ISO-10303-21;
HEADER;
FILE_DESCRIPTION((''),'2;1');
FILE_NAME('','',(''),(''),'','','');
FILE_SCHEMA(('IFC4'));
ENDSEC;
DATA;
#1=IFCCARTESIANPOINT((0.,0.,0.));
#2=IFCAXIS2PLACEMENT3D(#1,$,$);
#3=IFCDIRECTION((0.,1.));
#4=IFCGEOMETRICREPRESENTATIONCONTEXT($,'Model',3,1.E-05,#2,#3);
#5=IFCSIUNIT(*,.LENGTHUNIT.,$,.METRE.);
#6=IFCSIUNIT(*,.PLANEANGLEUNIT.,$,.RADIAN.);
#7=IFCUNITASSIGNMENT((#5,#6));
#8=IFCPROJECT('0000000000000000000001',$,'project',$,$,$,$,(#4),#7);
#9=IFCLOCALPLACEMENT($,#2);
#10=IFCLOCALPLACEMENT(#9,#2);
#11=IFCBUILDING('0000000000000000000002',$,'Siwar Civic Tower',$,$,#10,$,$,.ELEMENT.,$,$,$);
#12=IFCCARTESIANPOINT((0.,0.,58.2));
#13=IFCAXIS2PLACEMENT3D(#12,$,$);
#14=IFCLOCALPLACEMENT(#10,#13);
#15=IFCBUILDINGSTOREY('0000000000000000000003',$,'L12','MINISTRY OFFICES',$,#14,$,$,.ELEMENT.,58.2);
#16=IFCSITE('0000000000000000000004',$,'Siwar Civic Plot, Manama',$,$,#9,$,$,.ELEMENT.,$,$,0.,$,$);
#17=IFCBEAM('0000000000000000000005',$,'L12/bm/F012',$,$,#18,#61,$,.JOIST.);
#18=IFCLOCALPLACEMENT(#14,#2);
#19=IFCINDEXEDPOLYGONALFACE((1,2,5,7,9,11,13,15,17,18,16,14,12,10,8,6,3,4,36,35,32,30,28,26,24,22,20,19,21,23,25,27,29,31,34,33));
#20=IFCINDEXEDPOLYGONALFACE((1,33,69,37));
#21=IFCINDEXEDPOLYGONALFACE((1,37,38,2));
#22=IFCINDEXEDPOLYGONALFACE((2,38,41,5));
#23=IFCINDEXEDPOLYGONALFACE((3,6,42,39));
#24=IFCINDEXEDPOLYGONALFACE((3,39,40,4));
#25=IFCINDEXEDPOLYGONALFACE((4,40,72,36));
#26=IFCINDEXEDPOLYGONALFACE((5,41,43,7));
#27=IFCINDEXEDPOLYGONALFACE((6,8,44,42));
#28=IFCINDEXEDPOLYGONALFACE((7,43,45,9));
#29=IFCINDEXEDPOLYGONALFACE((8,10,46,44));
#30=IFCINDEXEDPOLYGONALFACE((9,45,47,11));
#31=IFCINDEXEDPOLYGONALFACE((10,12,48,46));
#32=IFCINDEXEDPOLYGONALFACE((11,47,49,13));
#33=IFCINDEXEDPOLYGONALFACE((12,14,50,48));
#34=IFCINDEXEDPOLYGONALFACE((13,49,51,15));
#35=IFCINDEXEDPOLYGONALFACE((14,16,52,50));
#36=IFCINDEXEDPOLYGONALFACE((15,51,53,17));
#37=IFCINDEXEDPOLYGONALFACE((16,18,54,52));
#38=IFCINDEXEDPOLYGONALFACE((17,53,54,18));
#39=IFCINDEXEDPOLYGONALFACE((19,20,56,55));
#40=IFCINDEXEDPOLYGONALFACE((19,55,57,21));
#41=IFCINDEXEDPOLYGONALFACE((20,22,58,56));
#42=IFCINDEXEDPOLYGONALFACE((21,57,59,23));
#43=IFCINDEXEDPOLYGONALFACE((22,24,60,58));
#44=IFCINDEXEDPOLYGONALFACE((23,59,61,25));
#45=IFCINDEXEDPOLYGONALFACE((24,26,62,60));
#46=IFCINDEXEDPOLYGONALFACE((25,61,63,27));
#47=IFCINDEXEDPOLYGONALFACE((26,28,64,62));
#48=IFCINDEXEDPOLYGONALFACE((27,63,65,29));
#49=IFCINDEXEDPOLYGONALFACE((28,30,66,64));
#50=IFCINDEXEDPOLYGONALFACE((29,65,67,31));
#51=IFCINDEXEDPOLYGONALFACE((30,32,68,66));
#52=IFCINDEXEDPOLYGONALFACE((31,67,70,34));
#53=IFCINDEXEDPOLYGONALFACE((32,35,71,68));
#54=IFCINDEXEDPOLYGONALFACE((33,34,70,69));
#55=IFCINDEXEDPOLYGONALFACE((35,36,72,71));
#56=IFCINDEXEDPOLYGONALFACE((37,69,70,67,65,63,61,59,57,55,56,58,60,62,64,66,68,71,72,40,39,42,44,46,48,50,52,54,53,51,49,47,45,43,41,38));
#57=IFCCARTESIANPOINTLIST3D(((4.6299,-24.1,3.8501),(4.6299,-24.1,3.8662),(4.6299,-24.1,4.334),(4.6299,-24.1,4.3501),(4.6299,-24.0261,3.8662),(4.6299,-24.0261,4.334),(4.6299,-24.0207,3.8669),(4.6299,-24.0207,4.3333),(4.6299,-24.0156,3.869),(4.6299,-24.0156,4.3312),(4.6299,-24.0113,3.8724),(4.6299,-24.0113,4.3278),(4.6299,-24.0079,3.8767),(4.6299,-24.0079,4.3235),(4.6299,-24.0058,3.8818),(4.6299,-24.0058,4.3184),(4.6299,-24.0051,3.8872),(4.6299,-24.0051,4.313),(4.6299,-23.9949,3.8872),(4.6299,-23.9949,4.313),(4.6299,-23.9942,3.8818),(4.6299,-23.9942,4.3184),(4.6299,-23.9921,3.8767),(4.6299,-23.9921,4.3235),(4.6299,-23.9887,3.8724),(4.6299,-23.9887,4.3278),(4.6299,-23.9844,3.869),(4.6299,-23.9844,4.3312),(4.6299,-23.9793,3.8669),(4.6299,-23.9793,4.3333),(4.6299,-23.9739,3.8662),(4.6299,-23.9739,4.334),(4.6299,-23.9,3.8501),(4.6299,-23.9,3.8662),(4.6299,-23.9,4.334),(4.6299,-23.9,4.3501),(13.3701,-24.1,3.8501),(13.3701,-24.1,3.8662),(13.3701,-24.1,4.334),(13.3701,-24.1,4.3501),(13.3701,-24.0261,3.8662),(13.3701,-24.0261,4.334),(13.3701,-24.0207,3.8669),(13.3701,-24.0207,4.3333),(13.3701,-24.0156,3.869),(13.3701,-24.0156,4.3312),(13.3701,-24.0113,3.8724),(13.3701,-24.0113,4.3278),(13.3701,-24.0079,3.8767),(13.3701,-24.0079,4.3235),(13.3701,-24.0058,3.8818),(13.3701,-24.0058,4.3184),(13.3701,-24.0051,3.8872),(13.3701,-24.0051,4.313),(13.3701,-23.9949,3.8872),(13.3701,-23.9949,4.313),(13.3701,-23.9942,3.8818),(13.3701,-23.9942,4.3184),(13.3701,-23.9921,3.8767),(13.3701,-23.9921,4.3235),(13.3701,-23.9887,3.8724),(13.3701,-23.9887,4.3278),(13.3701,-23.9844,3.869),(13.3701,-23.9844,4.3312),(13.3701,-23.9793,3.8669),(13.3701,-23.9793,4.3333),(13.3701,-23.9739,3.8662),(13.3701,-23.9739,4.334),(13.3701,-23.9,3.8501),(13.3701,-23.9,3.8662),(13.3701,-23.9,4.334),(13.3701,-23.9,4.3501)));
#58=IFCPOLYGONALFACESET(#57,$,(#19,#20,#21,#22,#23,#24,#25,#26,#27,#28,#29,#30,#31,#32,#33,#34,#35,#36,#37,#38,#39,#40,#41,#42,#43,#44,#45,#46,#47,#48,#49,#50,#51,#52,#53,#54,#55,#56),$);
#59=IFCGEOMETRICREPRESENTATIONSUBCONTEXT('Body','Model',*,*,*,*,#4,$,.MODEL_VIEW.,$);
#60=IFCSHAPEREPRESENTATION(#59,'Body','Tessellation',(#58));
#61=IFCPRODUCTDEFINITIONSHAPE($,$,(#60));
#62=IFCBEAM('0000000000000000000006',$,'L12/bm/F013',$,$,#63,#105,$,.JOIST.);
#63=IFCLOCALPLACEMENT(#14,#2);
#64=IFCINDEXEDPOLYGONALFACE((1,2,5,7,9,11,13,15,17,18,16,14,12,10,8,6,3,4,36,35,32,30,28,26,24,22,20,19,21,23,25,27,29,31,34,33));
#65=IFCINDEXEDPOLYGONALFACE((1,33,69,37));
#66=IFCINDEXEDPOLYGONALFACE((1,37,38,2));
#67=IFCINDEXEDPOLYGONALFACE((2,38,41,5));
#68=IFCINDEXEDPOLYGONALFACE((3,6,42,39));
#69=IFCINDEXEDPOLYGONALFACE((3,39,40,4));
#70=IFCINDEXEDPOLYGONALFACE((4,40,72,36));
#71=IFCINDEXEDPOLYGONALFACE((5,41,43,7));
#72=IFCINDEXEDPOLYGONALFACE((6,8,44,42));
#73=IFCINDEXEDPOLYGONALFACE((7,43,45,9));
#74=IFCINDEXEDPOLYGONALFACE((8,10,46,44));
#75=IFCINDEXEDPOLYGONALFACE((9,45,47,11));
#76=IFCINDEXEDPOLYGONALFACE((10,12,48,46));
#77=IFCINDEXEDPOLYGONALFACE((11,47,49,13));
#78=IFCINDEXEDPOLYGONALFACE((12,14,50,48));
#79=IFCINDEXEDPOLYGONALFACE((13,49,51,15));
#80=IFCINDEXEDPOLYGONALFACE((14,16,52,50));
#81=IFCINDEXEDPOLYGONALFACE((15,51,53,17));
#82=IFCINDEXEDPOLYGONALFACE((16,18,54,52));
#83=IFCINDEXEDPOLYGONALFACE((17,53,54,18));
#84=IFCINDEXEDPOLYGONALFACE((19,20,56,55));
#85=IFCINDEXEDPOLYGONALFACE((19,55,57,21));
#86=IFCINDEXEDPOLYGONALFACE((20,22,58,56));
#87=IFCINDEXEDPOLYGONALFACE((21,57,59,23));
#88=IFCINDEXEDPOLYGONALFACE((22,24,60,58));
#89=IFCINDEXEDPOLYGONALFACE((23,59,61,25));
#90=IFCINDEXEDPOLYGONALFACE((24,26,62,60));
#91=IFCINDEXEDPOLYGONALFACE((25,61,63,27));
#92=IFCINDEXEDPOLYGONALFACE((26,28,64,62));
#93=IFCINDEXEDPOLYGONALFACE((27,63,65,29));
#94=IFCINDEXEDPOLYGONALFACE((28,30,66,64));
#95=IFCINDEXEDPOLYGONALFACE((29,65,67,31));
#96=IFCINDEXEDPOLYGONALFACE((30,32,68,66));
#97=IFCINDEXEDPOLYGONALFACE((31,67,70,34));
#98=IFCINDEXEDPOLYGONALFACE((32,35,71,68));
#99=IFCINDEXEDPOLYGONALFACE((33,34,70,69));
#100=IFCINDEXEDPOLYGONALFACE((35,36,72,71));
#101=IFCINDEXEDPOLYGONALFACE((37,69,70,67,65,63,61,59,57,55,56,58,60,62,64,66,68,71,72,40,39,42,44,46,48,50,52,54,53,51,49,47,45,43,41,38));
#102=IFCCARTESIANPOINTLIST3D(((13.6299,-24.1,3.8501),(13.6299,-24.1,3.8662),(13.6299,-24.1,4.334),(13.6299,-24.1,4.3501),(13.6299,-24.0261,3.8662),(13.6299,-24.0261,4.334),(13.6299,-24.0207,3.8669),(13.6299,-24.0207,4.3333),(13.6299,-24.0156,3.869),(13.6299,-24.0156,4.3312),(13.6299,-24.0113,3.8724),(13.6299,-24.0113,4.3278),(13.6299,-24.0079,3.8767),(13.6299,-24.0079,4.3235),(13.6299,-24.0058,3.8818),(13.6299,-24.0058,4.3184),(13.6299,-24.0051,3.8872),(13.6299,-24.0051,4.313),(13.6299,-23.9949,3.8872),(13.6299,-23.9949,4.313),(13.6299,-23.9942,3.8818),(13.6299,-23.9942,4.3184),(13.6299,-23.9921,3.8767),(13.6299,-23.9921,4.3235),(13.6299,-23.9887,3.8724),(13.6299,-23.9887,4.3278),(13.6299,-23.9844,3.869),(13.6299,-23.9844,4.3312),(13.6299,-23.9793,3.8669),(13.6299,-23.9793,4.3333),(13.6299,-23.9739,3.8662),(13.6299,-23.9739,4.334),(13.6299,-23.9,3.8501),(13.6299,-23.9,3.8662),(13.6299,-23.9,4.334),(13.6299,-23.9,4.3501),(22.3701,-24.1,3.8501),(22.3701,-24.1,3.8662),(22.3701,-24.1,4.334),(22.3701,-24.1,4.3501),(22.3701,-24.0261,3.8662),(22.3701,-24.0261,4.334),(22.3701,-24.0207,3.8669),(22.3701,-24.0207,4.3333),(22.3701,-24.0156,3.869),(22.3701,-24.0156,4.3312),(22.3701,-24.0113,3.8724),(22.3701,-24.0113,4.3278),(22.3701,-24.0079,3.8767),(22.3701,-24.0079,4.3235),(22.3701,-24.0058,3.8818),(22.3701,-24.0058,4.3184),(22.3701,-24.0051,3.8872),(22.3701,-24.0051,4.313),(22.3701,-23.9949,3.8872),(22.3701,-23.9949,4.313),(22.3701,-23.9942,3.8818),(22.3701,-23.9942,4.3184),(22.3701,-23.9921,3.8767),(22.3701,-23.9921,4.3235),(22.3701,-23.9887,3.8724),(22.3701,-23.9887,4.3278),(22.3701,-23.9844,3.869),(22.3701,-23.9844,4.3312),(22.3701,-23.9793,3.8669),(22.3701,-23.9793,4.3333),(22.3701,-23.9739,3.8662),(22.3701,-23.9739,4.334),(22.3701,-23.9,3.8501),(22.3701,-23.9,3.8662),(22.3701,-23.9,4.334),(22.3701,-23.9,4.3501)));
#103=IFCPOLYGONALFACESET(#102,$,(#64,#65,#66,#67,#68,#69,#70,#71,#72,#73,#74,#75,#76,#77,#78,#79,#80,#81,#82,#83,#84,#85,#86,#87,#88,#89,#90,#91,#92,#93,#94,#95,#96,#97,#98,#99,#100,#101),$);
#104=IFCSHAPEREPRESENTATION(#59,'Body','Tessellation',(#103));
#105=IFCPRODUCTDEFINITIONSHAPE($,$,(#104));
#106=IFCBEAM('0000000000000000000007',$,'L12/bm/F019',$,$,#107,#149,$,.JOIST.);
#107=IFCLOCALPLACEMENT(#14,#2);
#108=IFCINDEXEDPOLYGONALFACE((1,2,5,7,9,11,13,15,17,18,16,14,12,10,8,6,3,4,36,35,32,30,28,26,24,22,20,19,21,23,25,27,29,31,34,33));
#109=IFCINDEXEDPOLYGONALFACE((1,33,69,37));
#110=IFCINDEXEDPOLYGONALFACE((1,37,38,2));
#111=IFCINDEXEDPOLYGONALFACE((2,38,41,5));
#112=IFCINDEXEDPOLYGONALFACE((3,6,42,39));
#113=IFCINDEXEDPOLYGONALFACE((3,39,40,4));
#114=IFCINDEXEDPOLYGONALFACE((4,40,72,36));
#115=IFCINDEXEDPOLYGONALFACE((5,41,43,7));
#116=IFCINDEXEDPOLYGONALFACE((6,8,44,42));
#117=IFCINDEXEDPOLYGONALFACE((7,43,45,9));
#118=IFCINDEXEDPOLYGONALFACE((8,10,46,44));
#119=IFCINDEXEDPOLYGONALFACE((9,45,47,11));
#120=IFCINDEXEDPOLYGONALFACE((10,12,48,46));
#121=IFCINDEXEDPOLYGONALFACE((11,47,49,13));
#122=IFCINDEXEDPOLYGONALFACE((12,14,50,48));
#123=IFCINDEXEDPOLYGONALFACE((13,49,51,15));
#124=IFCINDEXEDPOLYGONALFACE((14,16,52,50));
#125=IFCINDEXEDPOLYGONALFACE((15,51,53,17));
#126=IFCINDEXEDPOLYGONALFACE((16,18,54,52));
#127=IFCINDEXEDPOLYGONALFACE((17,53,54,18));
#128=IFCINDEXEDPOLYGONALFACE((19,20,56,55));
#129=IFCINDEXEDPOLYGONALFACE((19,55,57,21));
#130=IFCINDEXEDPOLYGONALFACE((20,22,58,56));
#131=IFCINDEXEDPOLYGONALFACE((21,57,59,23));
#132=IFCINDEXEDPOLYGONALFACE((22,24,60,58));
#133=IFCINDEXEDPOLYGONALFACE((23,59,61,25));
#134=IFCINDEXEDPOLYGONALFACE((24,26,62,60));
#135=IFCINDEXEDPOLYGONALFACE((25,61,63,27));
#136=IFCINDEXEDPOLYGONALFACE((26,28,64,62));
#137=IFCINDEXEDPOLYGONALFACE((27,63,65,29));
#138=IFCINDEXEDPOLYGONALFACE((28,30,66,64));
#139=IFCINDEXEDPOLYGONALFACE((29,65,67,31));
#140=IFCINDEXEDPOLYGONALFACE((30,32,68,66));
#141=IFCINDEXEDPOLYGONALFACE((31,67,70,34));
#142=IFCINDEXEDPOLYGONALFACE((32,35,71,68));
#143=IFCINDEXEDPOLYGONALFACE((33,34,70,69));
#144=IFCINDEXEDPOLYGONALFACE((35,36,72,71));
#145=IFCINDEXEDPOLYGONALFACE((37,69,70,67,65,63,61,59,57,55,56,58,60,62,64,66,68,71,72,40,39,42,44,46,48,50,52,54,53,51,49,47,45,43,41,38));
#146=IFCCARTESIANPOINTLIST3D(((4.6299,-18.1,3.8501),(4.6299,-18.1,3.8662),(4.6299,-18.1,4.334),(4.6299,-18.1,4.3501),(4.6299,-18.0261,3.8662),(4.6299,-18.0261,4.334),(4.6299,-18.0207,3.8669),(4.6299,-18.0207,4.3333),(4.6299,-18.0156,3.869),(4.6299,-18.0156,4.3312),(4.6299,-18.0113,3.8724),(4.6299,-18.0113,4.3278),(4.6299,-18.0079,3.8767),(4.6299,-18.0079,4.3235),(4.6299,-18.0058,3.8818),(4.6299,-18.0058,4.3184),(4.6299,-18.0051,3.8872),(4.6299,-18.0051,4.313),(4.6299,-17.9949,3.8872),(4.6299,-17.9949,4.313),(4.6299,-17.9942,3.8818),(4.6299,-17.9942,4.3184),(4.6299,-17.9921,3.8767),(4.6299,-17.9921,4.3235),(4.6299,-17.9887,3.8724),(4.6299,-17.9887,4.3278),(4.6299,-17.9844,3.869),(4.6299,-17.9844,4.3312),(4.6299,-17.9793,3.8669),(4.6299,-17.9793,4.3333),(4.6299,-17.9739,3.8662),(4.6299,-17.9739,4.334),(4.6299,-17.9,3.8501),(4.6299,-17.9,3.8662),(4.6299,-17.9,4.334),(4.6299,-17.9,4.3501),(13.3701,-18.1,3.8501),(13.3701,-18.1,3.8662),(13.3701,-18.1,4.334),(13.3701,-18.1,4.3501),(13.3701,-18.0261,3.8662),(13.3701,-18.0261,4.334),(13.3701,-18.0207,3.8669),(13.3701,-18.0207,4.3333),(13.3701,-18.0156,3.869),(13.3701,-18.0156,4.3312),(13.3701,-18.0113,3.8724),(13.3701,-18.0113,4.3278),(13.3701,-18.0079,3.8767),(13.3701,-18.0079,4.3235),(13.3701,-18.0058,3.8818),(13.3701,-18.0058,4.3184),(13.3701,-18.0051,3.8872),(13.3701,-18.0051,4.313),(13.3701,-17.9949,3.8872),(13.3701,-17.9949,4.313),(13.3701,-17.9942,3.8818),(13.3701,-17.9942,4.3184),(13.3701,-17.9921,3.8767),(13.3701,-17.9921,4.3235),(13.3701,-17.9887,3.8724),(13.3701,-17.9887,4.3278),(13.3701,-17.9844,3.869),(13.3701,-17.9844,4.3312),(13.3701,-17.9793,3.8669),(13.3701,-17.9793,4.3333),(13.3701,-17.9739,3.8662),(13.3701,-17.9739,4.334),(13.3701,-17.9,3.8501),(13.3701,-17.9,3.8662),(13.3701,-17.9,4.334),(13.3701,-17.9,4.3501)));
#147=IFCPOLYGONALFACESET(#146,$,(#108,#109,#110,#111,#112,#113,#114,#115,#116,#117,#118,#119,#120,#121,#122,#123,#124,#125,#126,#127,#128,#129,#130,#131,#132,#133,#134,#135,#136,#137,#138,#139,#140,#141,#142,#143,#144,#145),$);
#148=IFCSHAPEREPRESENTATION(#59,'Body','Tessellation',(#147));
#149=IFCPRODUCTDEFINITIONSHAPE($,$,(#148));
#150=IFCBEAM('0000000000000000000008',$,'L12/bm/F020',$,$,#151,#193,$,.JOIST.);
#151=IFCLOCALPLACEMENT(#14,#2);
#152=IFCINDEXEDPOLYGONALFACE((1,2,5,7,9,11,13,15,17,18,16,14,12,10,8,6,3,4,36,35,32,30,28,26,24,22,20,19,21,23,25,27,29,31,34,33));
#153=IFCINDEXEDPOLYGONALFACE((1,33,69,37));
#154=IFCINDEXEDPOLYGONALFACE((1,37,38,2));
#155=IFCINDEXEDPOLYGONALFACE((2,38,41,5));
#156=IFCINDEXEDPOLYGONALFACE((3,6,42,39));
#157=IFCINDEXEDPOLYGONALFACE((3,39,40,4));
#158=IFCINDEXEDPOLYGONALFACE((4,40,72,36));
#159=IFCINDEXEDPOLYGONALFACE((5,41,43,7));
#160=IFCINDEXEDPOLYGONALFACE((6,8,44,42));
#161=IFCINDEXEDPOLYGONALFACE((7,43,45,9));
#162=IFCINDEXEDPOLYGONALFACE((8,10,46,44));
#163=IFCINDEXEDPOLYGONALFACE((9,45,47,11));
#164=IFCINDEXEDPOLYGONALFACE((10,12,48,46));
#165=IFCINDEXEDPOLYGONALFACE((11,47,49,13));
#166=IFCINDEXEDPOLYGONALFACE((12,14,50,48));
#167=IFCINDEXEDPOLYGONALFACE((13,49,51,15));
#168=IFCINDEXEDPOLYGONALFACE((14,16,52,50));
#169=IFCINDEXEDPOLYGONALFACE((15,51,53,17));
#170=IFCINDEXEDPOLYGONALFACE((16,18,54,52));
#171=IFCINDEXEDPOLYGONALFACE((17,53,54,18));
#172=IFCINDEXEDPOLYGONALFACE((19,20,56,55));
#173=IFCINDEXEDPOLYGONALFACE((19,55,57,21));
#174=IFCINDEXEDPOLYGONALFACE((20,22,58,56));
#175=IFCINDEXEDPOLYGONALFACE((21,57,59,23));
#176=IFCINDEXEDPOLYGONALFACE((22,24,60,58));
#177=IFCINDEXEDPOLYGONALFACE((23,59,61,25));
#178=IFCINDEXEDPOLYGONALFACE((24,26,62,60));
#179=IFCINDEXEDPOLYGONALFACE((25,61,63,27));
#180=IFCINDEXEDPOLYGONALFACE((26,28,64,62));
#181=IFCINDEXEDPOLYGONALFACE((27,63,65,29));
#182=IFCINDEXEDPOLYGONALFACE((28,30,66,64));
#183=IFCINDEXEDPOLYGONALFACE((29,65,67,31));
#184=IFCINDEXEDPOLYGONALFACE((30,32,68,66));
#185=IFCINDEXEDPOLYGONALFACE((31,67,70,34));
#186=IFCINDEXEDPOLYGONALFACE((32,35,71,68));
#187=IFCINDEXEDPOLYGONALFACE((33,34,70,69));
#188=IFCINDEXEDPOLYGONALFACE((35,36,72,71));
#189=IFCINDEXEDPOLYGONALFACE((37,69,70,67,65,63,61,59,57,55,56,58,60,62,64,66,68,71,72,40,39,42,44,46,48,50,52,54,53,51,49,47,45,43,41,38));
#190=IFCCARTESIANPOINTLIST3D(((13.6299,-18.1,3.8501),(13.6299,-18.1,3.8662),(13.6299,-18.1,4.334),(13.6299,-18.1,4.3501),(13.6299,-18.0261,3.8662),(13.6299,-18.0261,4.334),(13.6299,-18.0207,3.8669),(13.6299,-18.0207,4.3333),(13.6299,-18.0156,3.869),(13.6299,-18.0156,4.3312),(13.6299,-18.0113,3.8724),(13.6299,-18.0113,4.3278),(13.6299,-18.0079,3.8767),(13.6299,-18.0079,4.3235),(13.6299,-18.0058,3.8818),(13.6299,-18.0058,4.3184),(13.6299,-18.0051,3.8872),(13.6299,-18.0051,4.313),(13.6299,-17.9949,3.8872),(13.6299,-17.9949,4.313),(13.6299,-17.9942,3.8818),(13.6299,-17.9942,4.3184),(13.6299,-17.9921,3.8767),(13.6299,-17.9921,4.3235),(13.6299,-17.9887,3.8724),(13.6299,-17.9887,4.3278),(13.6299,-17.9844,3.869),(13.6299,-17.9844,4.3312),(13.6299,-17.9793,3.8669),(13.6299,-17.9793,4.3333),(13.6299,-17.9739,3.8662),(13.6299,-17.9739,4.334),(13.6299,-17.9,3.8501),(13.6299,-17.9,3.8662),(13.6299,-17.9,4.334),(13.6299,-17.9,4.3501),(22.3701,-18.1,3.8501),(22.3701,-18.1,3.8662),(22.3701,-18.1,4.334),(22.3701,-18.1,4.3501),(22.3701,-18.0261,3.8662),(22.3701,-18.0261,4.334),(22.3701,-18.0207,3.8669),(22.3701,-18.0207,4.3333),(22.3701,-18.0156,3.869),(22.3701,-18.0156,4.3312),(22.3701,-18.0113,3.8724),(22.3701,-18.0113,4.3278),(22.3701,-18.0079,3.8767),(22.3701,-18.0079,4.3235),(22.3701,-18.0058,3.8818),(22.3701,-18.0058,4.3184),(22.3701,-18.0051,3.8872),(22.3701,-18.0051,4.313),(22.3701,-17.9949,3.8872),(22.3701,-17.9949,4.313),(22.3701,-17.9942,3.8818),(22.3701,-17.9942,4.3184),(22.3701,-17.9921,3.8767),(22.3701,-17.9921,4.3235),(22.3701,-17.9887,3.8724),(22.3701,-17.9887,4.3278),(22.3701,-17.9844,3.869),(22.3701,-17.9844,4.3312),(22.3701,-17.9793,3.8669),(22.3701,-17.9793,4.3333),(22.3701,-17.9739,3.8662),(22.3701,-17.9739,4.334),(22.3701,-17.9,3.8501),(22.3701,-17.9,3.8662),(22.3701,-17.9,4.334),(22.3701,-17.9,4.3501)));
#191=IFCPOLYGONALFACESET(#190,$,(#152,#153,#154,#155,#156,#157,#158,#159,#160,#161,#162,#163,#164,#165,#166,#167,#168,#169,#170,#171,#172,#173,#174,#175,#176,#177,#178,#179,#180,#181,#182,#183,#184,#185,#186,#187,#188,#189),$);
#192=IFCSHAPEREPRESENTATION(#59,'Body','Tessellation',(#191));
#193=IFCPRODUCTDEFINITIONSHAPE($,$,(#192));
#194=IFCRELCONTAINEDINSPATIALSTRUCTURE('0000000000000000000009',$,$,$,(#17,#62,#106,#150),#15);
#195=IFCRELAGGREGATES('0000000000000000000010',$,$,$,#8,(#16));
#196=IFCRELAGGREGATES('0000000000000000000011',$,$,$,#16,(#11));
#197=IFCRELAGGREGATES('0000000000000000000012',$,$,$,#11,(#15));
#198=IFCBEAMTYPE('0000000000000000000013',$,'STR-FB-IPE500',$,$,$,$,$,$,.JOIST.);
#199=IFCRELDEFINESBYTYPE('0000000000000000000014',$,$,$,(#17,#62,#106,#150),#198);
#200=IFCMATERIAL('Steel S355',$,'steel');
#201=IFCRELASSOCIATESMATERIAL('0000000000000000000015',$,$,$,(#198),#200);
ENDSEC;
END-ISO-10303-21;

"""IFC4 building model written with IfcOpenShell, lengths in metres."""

from ifc_helpers import new_model, si_unit, direction, frame, origin, origin_2d, place, context, subcontext, project, spatial, i_section, extrude, material, material_profile, profile_set, type_object, element, save


model = new_model("IFC4")

# Units and contexts
model_context = context("Model", 3, precision=1e-05, world=origin(), true_north=direction((0.0, 1.0)))
body_context = subcontext(model_context, "Body", "Model", "MODEL_VIEW")
ifc_project = project(units=[si_unit("LENGTHUNIT", "METRE"), si_unit("PLANEANGLEUNIT", "RADIAN")], contexts=[model_context])

# Site, building, storey
site_placement = place(None, origin())
site = spatial("IfcSite", under=ifc_project, at=site_placement, Name="Siwar Civic Plot, Manama", CompositionType="ELEMENT", RefElevation=0.0)
building_placement = place(site_placement, origin())
building = spatial("IfcBuilding", under=site, at=building_placement, Name="Siwar Civic Tower", CompositionType="ELEMENT")
storey_placement = place(building_placement, frame((0.0, 0.0, 58.2)))
storey = spatial("IfcBuildingStorey", under=building, at=storey_placement, Name="L12", Description="MINISTRY OFFICES", CompositionType="ELEMENT", Elevation=58.2)

# Beams
ifc_material_1 = material(Name="Steel S355", Category="steel")
ifc_material_profile_1 = material_profile(ifc_material_1, i_section(OverallWidth=0.2, OverallDepth=0.5, WebThickness=0.0103, FlangeThickness=0.0161, FilletRadius=0.021, at=origin_2d()), Name="IPE500")
ifc_profile_set_1 = profile_set([ifc_material_profile_1], Name="Steel S355")
beam_type_1 = type_object("IfcBeamType", Name="STR-FB-IPE500", PredefinedType="JOIST", material=ifc_profile_set_1)
for number, where, z_axis, x_axis, name in (
    (1, (4.6299, -24.0, 4.1001), (1.0, 0.0, 0.0), (0.0, 1.0, 0.0), "L12/bm/F012"),
    (2, (13.6299, -24.0, 4.1001), (1.0, 0.0, 0.0), (0.0, 1.0, 0.0), "L12/bm/F013"),
    (3, (4.6299, -18.0, 4.1001), (1.0, 0.0, 0.0), (0.0, 1.0, 0.0), "L12/bm/F019"),
    (4, (13.6299, -18.0, 4.1001), (1.0, 0.0, 0.0), (0.0, 1.0, 0.0), "L12/bm/F020"),
):
    element("IfcBeam", number, at=place(storey_placement, frame(where, z_axis=z_axis, x_axis=x_axis)), inside=storey, type_object=beam_type_1, Name=name, PredefinedType="JOIST", context=body_context, shape_type="SweptSolid", body=[
        extrude(i_section(OverallWidth=0.2, OverallDepth=0.5, WebThickness=0.0103, FlangeThickness=0.0161, FilletRadius=0.021, at=origin_2d()), origin(), (0.0, 0.0, 1.0), 8.7402),
    ])

save(model, "model.ifc")
